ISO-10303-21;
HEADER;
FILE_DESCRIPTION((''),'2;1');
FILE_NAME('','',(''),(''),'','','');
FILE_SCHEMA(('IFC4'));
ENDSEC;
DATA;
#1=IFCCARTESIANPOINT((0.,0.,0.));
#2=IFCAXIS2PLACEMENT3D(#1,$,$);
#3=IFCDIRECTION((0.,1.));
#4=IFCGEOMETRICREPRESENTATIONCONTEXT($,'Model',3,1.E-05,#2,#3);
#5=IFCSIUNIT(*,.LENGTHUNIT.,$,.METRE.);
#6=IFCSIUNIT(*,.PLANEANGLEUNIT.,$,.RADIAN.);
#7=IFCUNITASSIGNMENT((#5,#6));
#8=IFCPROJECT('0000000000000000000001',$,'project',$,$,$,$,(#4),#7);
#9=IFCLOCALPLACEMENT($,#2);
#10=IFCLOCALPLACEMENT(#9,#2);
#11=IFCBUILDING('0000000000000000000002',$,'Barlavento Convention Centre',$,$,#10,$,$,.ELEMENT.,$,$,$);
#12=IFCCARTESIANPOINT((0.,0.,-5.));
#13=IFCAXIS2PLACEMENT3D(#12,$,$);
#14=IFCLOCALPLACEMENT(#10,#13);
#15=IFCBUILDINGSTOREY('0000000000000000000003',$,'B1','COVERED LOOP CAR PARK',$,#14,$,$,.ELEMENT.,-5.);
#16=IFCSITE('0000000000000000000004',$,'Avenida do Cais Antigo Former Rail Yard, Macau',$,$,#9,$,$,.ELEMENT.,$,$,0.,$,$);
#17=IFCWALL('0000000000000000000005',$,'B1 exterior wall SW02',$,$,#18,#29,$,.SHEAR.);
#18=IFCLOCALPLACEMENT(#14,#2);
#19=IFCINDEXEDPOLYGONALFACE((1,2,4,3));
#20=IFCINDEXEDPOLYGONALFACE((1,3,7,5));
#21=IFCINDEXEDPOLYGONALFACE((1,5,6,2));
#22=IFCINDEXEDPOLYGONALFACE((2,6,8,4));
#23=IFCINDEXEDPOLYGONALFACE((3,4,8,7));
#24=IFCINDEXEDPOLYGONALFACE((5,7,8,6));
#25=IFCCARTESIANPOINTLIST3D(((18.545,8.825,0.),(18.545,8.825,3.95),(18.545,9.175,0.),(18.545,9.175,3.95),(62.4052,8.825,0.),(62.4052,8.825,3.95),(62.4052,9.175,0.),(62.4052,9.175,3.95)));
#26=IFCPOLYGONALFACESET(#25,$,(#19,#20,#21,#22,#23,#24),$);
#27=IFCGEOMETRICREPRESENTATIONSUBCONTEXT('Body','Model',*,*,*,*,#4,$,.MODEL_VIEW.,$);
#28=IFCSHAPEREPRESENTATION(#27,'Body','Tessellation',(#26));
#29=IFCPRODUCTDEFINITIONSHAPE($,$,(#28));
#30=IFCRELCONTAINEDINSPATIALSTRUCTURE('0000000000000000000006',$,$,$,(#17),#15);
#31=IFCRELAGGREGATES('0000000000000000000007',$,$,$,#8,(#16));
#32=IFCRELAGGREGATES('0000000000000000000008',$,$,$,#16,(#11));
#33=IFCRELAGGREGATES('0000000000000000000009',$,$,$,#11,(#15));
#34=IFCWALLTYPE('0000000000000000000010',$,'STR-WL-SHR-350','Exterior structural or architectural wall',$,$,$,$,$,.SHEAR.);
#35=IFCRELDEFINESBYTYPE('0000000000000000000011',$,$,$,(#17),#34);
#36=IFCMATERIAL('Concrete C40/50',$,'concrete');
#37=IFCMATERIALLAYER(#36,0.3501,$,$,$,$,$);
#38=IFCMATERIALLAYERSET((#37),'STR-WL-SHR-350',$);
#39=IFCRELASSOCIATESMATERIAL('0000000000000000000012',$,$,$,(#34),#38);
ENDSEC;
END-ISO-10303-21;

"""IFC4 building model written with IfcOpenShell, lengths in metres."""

from ifc_helpers import new_model, si_unit, direction, frame, frame_2d, origin, place, context, subcontext, project, spatial, rectangle, extrude, material, layer, layer_set, type_object, element, save


model = new_model("IFC4")

# Units and contexts
model_context = context("Model", 3, precision=1e-05, world=origin(), true_north=direction((0.0, 1.0)))
body_context = subcontext(model_context, "Body", "Model", "MODEL_VIEW")
ifc_project = project(units=[si_unit("LENGTHUNIT", "METRE"), si_unit("PLANEANGLEUNIT", "RADIAN")], contexts=[model_context])

# Site, building, storey
site_placement = place(None, origin())
site = spatial("IfcSite", under=ifc_project, at=site_placement, Name="Avenida do Cais Antigo Former Rail Yard, Macau", CompositionType="ELEMENT", RefElevation=0.0)
building_placement = place(site_placement, origin())
building = spatial("IfcBuilding", under=site, at=building_placement, Name="Barlavento Convention Centre", CompositionType="ELEMENT")
storey_placement = place(building_placement, frame((0.0, 0.0, -5.0)))
storey = spatial("IfcBuildingStorey", under=building, at=storey_placement, Name="B1", Description="COVERED LOOP CAR PARK", CompositionType="ELEMENT", Elevation=-5.0)

# Shared definitions
ifc_material_1 = material(Name="Concrete C40/50", Category="concrete")

# Wall
ifc_layer_1 = layer(ifc_material_1, 0.3501)
ifc_layer_set_1 = layer_set([ifc_layer_1], Name="STR-WL-SHR-350")
wall_type_1 = type_object("IfcWallType", Name="STR-WL-SHR-350", Description="Exterior structural or architectural wall", PredefinedType="SHEAR", material=ifc_layer_set_1)
wall_1_placement = place(storey_placement, frame((18.5449, 9.0, 0.0), z_axis=(0.0, 0.0, 1.0), x_axis=(1.0, 0.0, 0.0)))
element("IfcWall", 1, at=wall_1_placement, inside=storey, type_object=wall_type_1, Name="B1 exterior wall SW02", PredefinedType="SHEAR", context=body_context, shape_type="SweptSolid", body=[
    extrude(rectangle(XDim=43.8601, YDim=0.3501, at=frame_2d((21.9302, 0.0))), origin(), (0.0, 0.0, 1.0), 3.95),
])

save(model, "model.ifc")
